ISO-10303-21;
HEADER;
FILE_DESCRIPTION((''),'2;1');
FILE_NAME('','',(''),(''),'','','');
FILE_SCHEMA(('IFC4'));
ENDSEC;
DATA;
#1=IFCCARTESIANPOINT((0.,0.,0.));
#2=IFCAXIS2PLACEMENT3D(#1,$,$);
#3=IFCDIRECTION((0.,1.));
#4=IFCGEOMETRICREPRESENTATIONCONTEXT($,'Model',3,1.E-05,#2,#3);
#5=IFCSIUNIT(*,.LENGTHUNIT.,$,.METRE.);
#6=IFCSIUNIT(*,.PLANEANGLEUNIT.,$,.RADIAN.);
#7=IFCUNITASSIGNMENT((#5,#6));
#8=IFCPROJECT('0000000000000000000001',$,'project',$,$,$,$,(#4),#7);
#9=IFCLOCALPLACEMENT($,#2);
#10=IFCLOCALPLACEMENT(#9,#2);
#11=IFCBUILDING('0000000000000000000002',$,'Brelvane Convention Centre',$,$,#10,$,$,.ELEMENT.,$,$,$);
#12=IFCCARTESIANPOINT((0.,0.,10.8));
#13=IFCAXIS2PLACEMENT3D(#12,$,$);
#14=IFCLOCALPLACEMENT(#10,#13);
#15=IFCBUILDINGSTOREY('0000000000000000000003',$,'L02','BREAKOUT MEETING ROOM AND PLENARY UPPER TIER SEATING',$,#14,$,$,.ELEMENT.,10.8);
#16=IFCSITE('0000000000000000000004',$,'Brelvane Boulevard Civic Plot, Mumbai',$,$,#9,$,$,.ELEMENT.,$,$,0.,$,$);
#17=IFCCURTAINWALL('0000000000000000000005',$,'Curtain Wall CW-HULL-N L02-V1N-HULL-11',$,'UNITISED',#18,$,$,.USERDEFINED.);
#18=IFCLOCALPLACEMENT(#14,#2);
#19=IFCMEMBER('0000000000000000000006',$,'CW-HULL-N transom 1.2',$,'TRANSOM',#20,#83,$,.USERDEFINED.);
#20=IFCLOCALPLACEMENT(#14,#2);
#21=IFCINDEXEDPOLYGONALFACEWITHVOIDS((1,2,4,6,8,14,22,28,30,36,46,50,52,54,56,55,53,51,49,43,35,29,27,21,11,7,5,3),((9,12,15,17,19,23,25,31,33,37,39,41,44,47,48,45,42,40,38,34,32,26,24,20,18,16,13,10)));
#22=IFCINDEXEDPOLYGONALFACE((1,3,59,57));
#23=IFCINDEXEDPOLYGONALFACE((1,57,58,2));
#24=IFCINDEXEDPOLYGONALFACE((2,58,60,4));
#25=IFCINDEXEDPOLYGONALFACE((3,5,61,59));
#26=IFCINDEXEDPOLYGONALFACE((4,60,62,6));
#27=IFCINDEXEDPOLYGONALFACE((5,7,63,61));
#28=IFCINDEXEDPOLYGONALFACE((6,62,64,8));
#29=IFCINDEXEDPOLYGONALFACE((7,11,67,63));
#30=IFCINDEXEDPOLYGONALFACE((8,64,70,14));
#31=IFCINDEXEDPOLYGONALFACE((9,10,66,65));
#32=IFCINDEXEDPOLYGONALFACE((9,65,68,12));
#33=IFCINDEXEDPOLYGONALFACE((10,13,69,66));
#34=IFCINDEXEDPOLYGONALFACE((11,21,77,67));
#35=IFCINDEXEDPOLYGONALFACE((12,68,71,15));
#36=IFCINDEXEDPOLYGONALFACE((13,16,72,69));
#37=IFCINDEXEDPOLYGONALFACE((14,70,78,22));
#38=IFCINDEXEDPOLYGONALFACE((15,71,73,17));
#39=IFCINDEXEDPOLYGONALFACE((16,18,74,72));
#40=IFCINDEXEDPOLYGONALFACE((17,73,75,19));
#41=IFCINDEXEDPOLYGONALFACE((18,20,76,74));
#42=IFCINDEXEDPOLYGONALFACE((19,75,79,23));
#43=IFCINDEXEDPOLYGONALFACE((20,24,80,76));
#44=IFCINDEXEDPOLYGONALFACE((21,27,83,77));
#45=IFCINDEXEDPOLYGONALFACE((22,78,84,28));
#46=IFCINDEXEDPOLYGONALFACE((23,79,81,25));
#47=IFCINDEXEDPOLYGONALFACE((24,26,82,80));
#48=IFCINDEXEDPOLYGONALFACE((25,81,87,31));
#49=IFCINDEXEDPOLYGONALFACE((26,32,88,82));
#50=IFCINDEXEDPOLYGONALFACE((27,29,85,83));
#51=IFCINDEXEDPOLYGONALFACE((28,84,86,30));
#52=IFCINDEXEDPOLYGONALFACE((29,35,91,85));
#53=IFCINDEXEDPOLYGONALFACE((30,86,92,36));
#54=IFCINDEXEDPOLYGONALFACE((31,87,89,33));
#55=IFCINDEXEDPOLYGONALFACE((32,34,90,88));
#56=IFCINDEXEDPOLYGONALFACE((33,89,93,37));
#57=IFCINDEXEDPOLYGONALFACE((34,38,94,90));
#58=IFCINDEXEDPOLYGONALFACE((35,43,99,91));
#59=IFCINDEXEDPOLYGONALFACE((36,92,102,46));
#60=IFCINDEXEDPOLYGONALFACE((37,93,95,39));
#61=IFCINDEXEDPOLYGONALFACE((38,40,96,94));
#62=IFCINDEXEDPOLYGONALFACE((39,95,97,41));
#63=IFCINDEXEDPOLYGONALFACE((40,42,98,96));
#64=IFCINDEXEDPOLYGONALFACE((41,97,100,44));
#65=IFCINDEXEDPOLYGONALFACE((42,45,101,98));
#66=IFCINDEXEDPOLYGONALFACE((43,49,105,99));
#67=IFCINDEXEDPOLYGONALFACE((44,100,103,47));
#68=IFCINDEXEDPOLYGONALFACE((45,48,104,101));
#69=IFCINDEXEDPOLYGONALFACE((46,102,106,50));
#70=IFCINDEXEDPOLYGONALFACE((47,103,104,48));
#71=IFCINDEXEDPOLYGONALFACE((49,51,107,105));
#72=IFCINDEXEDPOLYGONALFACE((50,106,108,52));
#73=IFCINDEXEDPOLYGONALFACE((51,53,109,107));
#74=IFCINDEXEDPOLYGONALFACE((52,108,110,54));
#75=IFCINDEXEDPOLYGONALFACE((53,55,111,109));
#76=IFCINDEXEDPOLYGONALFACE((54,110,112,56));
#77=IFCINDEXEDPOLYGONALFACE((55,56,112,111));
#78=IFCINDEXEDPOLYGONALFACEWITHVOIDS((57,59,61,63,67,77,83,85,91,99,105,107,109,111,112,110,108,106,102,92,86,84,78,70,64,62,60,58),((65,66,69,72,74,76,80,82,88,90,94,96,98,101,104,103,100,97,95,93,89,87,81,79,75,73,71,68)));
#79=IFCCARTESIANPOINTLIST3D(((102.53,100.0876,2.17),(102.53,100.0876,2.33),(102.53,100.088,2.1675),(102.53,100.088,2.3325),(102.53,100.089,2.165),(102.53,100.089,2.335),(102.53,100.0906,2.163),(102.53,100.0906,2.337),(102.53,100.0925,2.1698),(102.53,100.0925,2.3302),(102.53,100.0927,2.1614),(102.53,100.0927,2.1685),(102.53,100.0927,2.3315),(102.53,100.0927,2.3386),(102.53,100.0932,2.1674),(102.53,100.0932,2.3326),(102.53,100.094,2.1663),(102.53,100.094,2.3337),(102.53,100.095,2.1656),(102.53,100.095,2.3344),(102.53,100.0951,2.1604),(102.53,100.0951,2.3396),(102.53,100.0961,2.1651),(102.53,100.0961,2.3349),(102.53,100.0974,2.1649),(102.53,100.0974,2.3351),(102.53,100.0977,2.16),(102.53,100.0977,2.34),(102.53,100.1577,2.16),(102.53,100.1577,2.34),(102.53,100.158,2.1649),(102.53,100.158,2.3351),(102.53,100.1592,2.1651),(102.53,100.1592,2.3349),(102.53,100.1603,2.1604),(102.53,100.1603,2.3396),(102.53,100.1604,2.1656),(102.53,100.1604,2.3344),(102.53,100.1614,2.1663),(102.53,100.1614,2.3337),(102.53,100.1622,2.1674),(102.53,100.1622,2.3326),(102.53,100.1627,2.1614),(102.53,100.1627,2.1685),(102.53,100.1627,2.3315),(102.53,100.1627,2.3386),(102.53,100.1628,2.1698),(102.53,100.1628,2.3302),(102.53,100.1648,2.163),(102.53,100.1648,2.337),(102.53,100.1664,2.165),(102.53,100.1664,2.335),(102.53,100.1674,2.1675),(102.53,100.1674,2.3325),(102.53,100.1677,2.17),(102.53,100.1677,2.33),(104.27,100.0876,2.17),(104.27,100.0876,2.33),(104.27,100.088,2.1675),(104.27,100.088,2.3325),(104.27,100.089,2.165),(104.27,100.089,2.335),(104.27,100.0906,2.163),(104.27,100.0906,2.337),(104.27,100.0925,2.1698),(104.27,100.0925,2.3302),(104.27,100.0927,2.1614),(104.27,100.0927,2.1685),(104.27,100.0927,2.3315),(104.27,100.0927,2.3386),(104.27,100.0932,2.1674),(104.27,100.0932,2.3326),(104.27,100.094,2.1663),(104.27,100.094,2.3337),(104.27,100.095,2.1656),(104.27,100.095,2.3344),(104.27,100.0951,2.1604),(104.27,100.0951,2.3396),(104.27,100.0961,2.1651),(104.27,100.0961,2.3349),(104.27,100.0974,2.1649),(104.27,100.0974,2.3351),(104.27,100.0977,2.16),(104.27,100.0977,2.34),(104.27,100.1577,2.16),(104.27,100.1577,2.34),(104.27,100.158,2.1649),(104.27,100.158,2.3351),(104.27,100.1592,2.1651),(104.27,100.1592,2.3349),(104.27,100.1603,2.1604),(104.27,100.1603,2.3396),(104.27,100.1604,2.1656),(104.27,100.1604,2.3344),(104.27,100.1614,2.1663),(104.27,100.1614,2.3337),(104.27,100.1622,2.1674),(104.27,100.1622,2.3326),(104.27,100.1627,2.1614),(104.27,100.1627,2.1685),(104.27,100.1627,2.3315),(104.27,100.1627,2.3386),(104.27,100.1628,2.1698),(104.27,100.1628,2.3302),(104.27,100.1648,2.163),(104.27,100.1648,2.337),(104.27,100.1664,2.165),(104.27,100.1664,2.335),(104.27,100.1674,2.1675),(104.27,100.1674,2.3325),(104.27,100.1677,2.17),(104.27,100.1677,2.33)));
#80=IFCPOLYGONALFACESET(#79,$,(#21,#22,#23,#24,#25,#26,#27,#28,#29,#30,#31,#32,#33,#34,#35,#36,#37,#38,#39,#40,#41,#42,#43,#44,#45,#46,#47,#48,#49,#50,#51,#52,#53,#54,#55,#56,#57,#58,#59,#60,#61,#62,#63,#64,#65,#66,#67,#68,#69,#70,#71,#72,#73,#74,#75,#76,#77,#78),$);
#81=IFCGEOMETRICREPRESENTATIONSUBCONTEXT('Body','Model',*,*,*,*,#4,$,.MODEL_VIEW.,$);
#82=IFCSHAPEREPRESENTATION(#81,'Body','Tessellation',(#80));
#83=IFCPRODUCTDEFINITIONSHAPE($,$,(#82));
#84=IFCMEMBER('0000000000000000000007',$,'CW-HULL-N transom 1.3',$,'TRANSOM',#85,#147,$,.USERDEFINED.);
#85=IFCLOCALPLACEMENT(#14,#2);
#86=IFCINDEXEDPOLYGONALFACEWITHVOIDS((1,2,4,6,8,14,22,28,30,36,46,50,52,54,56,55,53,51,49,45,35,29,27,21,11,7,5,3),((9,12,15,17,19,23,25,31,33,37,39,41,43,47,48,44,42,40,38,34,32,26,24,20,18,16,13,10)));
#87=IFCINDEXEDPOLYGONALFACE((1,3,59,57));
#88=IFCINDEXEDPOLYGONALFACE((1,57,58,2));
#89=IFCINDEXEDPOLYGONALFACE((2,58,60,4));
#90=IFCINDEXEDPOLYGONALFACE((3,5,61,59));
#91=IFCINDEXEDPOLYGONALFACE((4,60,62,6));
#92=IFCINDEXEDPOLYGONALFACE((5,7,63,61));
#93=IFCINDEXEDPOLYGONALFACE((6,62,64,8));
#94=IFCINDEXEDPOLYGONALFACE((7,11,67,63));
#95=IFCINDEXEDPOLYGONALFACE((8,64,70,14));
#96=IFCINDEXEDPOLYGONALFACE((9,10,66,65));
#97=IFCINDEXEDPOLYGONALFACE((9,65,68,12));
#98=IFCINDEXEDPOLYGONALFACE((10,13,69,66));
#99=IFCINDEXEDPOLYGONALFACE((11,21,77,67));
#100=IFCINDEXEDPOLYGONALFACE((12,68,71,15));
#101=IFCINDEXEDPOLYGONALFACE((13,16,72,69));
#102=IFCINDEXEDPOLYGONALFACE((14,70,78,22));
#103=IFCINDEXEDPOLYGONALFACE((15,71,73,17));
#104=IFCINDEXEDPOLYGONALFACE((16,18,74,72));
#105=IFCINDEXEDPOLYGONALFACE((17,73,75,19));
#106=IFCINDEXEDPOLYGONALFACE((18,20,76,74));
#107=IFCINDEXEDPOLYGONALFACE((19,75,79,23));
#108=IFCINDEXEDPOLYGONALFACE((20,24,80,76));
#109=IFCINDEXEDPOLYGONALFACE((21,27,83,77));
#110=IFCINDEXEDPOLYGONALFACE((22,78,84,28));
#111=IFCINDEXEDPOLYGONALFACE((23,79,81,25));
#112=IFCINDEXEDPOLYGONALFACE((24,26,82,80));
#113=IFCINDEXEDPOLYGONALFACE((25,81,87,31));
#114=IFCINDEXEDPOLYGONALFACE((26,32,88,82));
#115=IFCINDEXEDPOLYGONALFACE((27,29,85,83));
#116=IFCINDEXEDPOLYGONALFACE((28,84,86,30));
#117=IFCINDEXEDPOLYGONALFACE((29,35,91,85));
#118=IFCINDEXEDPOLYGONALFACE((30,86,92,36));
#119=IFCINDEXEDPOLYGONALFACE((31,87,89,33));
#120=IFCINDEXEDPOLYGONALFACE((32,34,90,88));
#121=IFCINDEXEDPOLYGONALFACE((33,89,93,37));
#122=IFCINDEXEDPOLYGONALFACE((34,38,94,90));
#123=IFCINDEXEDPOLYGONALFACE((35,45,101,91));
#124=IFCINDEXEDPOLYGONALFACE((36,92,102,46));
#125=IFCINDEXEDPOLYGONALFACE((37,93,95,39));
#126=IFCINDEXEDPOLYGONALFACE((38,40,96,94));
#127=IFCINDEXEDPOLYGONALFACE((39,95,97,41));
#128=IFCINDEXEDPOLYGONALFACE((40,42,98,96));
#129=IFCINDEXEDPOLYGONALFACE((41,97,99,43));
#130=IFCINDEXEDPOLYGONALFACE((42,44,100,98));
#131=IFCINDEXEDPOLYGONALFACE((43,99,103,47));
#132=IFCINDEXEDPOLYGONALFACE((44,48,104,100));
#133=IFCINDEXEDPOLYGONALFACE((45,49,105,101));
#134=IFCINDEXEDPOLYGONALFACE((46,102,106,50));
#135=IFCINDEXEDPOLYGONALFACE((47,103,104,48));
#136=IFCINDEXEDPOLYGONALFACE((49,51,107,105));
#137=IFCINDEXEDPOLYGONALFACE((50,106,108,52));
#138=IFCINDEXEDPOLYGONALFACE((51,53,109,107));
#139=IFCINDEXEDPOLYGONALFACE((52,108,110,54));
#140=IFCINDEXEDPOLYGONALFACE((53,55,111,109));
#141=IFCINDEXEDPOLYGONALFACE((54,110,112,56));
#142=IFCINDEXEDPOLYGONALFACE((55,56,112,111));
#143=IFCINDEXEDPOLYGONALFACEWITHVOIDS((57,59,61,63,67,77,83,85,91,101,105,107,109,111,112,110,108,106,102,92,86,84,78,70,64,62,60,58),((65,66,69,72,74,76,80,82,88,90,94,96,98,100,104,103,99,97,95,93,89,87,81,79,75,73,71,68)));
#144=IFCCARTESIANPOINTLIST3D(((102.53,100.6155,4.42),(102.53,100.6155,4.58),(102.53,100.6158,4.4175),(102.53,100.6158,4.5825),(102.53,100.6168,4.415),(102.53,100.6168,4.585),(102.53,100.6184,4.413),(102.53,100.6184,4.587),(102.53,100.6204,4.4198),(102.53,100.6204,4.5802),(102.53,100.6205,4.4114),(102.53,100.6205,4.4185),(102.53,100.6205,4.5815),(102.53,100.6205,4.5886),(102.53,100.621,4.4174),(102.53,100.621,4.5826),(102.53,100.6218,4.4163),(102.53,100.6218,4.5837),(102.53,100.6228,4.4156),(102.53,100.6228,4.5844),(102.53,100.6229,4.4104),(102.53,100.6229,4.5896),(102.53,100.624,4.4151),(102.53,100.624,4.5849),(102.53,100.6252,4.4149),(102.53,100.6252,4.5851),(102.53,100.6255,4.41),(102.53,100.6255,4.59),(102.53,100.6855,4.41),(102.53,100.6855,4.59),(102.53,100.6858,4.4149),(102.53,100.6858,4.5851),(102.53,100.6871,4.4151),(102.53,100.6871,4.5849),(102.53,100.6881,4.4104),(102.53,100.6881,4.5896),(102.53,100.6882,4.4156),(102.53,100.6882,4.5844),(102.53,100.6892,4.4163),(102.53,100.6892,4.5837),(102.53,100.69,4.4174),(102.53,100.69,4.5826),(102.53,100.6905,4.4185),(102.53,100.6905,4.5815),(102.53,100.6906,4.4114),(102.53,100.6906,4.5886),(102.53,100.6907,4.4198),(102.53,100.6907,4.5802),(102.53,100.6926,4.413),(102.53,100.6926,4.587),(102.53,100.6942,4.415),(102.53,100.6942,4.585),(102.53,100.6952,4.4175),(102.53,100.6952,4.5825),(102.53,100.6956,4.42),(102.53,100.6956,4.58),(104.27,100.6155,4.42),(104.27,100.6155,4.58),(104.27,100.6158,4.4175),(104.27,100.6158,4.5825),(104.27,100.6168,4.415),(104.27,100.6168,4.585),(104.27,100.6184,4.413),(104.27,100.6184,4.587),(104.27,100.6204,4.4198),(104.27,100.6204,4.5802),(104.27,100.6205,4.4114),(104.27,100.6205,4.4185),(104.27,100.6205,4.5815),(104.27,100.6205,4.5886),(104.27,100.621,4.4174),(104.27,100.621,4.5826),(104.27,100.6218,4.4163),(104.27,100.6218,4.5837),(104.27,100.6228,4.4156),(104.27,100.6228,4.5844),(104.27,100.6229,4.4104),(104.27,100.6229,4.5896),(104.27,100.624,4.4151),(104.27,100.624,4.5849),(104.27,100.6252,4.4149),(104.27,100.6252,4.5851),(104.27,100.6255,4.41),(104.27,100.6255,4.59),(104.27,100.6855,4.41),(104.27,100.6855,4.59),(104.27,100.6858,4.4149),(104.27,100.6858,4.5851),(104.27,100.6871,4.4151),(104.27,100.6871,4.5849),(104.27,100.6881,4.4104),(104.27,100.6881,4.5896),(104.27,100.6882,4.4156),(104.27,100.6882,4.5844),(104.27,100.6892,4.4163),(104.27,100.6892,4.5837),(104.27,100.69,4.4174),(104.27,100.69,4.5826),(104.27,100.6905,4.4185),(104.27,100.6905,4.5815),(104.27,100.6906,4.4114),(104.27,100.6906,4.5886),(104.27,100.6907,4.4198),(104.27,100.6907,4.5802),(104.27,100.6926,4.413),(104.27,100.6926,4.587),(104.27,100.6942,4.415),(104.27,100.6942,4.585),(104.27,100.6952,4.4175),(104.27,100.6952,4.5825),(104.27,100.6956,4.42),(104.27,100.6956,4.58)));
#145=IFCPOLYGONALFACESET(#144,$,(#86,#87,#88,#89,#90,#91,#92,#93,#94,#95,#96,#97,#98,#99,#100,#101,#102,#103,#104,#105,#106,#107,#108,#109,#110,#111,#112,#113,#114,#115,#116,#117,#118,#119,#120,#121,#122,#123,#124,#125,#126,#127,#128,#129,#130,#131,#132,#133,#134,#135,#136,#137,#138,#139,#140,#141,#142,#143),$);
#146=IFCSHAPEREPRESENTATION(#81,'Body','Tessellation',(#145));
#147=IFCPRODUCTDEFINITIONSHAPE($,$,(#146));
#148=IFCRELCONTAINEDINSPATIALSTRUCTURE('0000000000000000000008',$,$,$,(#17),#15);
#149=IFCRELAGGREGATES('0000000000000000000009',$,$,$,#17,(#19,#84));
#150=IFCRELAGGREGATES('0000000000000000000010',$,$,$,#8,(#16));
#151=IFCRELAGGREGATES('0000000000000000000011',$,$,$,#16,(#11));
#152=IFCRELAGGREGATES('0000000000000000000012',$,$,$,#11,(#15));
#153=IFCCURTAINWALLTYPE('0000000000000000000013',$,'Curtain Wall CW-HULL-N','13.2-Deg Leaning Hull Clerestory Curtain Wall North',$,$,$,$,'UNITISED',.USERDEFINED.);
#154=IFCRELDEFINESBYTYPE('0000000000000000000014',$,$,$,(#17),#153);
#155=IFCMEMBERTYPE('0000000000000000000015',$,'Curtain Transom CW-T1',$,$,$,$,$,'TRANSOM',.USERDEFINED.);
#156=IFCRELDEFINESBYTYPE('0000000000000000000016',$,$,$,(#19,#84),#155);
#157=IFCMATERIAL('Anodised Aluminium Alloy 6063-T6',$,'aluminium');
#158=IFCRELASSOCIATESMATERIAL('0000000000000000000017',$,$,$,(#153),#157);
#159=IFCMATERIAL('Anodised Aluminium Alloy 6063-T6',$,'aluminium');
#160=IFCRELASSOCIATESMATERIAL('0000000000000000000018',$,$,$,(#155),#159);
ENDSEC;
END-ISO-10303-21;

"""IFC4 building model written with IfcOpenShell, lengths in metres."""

from ifc_helpers import new_model, si_unit, direction, frame, origin, origin_2d, place, context, subcontext, project, spatial, hollow_rectangle, extrude, material, material_profile, profile_set, type_object, element, aggregate, save


model = new_model("IFC4")

# Units and contexts
model_context = context("Model", 3, precision=1e-05, world=origin(), true_north=direction((0.0, 1.0)))
body_context = subcontext(model_context, "Body", "Model", "MODEL_VIEW")
ifc_project = project(units=[si_unit("LENGTHUNIT", "METRE"), si_unit("PLANEANGLEUNIT", "RADIAN")], contexts=[model_context])

# Site, building, storey
site_placement = place(None, origin())
site = spatial("IfcSite", under=ifc_project, at=site_placement, Name="Brelvane Boulevard Civic Plot, Mumbai", CompositionType="ELEMENT", RefElevation=0.0)
building_placement = place(site_placement, origin())
building = spatial("IfcBuilding", under=site, at=building_placement, Name="Brelvane Convention Centre", CompositionType="ELEMENT")
storey_placement = place(building_placement, frame((0.0, 0.0, 10.8)))
storey = spatial("IfcBuildingStorey", under=building, at=storey_placement, Name="L02", Description="BREAKOUT MEETING ROOM AND PLENARY UPPER TIER SEATING", CompositionType="ELEMENT", Elevation=10.8)

# Curtain wall
ifc_material_1 = material(Name="Anodised Aluminium Alloy 6063-T6", Category="aluminium")
curtain_wall_type = type_object("IfcCurtainWallType", Name="Curtain Wall CW-HULL-N", Description="13.2-Deg Leaning Hull Clerestory Curtain Wall North", ElementType="UNITISED", PredefinedType="USERDEFINED", material=ifc_material_1)
curtain_wall_1_placement = place(storey_placement, origin())
curtain_wall_1 = element("IfcCurtainWall", 1, at=curtain_wall_1_placement, inside=storey, type_object=curtain_wall_type, Name="Curtain Wall CW-HULL-N L02-V1N-HULL-11", ObjectType="UNITISED", PredefinedType="USERDEFINED")

# Members
ifc_material_2 = material(Name="Anodised Aluminium Alloy 6063-T6", Category="aluminium")
ifc_material_profile_1 = material_profile(ifc_material_2, hollow_rectangle(XDim=0.0801, YDim=0.1799, WallThickness=0.0049, InnerFilletRadius=0.0049, OuterFilletRadius=0.01, at=origin_2d()), Name="ALU-T 180x80x5.0")
ifc_profile_set_1 = profile_set([ifc_material_profile_1], Name="Anodised Aluminium Alloy 6063-T6")
member_type_1 = type_object("IfcMemberType", Name="Curtain Transom CW-T1", ElementType="TRANSOM", PredefinedType="USERDEFINED", material=ifc_profile_set_1)
member_1_placement = place(storey_placement, frame((102.53, 100.1277, 2.25), z_axis=(1.0, 0.0, 0.0), x_axis=(0.0, 1.0, 0.0)))
member_1 = element("IfcMember", 2, at=member_1_placement, type_object=member_type_1, Name="CW-HULL-N transom 1.2", ObjectType="TRANSOM", PredefinedType="USERDEFINED", context=body_context, shape_type="SweptSolid", body=[
    extrude(hollow_rectangle(XDim=0.0801, YDim=0.1799, WallThickness=0.0049, InnerFilletRadius=0.0049, OuterFilletRadius=0.01, at=origin_2d()), origin(), (0.0, 0.0, 1.0), 1.74),
])
member_2_placement = place(storey_placement, frame((102.53, 100.6555, 4.5), z_axis=(1.0, 0.0, 0.0), x_axis=(0.0, 1.0, 0.0)))
member_2 = element("IfcMember", 3, at=member_2_placement, type_object=member_type_1, Name="CW-HULL-N transom 1.3", ObjectType="TRANSOM", PredefinedType="USERDEFINED", context=body_context, shape_type="SweptSolid", body=[
    extrude(hollow_rectangle(XDim=0.0801, YDim=0.1799, WallThickness=0.0049, InnerFilletRadius=0.0049, OuterFilletRadius=0.01, at=origin_2d()), origin(), (0.0, 0.0, 1.0), 1.74),
])

aggregate(curtain_wall_1, [member_1, member_2])

save(model, "model.ifc")
